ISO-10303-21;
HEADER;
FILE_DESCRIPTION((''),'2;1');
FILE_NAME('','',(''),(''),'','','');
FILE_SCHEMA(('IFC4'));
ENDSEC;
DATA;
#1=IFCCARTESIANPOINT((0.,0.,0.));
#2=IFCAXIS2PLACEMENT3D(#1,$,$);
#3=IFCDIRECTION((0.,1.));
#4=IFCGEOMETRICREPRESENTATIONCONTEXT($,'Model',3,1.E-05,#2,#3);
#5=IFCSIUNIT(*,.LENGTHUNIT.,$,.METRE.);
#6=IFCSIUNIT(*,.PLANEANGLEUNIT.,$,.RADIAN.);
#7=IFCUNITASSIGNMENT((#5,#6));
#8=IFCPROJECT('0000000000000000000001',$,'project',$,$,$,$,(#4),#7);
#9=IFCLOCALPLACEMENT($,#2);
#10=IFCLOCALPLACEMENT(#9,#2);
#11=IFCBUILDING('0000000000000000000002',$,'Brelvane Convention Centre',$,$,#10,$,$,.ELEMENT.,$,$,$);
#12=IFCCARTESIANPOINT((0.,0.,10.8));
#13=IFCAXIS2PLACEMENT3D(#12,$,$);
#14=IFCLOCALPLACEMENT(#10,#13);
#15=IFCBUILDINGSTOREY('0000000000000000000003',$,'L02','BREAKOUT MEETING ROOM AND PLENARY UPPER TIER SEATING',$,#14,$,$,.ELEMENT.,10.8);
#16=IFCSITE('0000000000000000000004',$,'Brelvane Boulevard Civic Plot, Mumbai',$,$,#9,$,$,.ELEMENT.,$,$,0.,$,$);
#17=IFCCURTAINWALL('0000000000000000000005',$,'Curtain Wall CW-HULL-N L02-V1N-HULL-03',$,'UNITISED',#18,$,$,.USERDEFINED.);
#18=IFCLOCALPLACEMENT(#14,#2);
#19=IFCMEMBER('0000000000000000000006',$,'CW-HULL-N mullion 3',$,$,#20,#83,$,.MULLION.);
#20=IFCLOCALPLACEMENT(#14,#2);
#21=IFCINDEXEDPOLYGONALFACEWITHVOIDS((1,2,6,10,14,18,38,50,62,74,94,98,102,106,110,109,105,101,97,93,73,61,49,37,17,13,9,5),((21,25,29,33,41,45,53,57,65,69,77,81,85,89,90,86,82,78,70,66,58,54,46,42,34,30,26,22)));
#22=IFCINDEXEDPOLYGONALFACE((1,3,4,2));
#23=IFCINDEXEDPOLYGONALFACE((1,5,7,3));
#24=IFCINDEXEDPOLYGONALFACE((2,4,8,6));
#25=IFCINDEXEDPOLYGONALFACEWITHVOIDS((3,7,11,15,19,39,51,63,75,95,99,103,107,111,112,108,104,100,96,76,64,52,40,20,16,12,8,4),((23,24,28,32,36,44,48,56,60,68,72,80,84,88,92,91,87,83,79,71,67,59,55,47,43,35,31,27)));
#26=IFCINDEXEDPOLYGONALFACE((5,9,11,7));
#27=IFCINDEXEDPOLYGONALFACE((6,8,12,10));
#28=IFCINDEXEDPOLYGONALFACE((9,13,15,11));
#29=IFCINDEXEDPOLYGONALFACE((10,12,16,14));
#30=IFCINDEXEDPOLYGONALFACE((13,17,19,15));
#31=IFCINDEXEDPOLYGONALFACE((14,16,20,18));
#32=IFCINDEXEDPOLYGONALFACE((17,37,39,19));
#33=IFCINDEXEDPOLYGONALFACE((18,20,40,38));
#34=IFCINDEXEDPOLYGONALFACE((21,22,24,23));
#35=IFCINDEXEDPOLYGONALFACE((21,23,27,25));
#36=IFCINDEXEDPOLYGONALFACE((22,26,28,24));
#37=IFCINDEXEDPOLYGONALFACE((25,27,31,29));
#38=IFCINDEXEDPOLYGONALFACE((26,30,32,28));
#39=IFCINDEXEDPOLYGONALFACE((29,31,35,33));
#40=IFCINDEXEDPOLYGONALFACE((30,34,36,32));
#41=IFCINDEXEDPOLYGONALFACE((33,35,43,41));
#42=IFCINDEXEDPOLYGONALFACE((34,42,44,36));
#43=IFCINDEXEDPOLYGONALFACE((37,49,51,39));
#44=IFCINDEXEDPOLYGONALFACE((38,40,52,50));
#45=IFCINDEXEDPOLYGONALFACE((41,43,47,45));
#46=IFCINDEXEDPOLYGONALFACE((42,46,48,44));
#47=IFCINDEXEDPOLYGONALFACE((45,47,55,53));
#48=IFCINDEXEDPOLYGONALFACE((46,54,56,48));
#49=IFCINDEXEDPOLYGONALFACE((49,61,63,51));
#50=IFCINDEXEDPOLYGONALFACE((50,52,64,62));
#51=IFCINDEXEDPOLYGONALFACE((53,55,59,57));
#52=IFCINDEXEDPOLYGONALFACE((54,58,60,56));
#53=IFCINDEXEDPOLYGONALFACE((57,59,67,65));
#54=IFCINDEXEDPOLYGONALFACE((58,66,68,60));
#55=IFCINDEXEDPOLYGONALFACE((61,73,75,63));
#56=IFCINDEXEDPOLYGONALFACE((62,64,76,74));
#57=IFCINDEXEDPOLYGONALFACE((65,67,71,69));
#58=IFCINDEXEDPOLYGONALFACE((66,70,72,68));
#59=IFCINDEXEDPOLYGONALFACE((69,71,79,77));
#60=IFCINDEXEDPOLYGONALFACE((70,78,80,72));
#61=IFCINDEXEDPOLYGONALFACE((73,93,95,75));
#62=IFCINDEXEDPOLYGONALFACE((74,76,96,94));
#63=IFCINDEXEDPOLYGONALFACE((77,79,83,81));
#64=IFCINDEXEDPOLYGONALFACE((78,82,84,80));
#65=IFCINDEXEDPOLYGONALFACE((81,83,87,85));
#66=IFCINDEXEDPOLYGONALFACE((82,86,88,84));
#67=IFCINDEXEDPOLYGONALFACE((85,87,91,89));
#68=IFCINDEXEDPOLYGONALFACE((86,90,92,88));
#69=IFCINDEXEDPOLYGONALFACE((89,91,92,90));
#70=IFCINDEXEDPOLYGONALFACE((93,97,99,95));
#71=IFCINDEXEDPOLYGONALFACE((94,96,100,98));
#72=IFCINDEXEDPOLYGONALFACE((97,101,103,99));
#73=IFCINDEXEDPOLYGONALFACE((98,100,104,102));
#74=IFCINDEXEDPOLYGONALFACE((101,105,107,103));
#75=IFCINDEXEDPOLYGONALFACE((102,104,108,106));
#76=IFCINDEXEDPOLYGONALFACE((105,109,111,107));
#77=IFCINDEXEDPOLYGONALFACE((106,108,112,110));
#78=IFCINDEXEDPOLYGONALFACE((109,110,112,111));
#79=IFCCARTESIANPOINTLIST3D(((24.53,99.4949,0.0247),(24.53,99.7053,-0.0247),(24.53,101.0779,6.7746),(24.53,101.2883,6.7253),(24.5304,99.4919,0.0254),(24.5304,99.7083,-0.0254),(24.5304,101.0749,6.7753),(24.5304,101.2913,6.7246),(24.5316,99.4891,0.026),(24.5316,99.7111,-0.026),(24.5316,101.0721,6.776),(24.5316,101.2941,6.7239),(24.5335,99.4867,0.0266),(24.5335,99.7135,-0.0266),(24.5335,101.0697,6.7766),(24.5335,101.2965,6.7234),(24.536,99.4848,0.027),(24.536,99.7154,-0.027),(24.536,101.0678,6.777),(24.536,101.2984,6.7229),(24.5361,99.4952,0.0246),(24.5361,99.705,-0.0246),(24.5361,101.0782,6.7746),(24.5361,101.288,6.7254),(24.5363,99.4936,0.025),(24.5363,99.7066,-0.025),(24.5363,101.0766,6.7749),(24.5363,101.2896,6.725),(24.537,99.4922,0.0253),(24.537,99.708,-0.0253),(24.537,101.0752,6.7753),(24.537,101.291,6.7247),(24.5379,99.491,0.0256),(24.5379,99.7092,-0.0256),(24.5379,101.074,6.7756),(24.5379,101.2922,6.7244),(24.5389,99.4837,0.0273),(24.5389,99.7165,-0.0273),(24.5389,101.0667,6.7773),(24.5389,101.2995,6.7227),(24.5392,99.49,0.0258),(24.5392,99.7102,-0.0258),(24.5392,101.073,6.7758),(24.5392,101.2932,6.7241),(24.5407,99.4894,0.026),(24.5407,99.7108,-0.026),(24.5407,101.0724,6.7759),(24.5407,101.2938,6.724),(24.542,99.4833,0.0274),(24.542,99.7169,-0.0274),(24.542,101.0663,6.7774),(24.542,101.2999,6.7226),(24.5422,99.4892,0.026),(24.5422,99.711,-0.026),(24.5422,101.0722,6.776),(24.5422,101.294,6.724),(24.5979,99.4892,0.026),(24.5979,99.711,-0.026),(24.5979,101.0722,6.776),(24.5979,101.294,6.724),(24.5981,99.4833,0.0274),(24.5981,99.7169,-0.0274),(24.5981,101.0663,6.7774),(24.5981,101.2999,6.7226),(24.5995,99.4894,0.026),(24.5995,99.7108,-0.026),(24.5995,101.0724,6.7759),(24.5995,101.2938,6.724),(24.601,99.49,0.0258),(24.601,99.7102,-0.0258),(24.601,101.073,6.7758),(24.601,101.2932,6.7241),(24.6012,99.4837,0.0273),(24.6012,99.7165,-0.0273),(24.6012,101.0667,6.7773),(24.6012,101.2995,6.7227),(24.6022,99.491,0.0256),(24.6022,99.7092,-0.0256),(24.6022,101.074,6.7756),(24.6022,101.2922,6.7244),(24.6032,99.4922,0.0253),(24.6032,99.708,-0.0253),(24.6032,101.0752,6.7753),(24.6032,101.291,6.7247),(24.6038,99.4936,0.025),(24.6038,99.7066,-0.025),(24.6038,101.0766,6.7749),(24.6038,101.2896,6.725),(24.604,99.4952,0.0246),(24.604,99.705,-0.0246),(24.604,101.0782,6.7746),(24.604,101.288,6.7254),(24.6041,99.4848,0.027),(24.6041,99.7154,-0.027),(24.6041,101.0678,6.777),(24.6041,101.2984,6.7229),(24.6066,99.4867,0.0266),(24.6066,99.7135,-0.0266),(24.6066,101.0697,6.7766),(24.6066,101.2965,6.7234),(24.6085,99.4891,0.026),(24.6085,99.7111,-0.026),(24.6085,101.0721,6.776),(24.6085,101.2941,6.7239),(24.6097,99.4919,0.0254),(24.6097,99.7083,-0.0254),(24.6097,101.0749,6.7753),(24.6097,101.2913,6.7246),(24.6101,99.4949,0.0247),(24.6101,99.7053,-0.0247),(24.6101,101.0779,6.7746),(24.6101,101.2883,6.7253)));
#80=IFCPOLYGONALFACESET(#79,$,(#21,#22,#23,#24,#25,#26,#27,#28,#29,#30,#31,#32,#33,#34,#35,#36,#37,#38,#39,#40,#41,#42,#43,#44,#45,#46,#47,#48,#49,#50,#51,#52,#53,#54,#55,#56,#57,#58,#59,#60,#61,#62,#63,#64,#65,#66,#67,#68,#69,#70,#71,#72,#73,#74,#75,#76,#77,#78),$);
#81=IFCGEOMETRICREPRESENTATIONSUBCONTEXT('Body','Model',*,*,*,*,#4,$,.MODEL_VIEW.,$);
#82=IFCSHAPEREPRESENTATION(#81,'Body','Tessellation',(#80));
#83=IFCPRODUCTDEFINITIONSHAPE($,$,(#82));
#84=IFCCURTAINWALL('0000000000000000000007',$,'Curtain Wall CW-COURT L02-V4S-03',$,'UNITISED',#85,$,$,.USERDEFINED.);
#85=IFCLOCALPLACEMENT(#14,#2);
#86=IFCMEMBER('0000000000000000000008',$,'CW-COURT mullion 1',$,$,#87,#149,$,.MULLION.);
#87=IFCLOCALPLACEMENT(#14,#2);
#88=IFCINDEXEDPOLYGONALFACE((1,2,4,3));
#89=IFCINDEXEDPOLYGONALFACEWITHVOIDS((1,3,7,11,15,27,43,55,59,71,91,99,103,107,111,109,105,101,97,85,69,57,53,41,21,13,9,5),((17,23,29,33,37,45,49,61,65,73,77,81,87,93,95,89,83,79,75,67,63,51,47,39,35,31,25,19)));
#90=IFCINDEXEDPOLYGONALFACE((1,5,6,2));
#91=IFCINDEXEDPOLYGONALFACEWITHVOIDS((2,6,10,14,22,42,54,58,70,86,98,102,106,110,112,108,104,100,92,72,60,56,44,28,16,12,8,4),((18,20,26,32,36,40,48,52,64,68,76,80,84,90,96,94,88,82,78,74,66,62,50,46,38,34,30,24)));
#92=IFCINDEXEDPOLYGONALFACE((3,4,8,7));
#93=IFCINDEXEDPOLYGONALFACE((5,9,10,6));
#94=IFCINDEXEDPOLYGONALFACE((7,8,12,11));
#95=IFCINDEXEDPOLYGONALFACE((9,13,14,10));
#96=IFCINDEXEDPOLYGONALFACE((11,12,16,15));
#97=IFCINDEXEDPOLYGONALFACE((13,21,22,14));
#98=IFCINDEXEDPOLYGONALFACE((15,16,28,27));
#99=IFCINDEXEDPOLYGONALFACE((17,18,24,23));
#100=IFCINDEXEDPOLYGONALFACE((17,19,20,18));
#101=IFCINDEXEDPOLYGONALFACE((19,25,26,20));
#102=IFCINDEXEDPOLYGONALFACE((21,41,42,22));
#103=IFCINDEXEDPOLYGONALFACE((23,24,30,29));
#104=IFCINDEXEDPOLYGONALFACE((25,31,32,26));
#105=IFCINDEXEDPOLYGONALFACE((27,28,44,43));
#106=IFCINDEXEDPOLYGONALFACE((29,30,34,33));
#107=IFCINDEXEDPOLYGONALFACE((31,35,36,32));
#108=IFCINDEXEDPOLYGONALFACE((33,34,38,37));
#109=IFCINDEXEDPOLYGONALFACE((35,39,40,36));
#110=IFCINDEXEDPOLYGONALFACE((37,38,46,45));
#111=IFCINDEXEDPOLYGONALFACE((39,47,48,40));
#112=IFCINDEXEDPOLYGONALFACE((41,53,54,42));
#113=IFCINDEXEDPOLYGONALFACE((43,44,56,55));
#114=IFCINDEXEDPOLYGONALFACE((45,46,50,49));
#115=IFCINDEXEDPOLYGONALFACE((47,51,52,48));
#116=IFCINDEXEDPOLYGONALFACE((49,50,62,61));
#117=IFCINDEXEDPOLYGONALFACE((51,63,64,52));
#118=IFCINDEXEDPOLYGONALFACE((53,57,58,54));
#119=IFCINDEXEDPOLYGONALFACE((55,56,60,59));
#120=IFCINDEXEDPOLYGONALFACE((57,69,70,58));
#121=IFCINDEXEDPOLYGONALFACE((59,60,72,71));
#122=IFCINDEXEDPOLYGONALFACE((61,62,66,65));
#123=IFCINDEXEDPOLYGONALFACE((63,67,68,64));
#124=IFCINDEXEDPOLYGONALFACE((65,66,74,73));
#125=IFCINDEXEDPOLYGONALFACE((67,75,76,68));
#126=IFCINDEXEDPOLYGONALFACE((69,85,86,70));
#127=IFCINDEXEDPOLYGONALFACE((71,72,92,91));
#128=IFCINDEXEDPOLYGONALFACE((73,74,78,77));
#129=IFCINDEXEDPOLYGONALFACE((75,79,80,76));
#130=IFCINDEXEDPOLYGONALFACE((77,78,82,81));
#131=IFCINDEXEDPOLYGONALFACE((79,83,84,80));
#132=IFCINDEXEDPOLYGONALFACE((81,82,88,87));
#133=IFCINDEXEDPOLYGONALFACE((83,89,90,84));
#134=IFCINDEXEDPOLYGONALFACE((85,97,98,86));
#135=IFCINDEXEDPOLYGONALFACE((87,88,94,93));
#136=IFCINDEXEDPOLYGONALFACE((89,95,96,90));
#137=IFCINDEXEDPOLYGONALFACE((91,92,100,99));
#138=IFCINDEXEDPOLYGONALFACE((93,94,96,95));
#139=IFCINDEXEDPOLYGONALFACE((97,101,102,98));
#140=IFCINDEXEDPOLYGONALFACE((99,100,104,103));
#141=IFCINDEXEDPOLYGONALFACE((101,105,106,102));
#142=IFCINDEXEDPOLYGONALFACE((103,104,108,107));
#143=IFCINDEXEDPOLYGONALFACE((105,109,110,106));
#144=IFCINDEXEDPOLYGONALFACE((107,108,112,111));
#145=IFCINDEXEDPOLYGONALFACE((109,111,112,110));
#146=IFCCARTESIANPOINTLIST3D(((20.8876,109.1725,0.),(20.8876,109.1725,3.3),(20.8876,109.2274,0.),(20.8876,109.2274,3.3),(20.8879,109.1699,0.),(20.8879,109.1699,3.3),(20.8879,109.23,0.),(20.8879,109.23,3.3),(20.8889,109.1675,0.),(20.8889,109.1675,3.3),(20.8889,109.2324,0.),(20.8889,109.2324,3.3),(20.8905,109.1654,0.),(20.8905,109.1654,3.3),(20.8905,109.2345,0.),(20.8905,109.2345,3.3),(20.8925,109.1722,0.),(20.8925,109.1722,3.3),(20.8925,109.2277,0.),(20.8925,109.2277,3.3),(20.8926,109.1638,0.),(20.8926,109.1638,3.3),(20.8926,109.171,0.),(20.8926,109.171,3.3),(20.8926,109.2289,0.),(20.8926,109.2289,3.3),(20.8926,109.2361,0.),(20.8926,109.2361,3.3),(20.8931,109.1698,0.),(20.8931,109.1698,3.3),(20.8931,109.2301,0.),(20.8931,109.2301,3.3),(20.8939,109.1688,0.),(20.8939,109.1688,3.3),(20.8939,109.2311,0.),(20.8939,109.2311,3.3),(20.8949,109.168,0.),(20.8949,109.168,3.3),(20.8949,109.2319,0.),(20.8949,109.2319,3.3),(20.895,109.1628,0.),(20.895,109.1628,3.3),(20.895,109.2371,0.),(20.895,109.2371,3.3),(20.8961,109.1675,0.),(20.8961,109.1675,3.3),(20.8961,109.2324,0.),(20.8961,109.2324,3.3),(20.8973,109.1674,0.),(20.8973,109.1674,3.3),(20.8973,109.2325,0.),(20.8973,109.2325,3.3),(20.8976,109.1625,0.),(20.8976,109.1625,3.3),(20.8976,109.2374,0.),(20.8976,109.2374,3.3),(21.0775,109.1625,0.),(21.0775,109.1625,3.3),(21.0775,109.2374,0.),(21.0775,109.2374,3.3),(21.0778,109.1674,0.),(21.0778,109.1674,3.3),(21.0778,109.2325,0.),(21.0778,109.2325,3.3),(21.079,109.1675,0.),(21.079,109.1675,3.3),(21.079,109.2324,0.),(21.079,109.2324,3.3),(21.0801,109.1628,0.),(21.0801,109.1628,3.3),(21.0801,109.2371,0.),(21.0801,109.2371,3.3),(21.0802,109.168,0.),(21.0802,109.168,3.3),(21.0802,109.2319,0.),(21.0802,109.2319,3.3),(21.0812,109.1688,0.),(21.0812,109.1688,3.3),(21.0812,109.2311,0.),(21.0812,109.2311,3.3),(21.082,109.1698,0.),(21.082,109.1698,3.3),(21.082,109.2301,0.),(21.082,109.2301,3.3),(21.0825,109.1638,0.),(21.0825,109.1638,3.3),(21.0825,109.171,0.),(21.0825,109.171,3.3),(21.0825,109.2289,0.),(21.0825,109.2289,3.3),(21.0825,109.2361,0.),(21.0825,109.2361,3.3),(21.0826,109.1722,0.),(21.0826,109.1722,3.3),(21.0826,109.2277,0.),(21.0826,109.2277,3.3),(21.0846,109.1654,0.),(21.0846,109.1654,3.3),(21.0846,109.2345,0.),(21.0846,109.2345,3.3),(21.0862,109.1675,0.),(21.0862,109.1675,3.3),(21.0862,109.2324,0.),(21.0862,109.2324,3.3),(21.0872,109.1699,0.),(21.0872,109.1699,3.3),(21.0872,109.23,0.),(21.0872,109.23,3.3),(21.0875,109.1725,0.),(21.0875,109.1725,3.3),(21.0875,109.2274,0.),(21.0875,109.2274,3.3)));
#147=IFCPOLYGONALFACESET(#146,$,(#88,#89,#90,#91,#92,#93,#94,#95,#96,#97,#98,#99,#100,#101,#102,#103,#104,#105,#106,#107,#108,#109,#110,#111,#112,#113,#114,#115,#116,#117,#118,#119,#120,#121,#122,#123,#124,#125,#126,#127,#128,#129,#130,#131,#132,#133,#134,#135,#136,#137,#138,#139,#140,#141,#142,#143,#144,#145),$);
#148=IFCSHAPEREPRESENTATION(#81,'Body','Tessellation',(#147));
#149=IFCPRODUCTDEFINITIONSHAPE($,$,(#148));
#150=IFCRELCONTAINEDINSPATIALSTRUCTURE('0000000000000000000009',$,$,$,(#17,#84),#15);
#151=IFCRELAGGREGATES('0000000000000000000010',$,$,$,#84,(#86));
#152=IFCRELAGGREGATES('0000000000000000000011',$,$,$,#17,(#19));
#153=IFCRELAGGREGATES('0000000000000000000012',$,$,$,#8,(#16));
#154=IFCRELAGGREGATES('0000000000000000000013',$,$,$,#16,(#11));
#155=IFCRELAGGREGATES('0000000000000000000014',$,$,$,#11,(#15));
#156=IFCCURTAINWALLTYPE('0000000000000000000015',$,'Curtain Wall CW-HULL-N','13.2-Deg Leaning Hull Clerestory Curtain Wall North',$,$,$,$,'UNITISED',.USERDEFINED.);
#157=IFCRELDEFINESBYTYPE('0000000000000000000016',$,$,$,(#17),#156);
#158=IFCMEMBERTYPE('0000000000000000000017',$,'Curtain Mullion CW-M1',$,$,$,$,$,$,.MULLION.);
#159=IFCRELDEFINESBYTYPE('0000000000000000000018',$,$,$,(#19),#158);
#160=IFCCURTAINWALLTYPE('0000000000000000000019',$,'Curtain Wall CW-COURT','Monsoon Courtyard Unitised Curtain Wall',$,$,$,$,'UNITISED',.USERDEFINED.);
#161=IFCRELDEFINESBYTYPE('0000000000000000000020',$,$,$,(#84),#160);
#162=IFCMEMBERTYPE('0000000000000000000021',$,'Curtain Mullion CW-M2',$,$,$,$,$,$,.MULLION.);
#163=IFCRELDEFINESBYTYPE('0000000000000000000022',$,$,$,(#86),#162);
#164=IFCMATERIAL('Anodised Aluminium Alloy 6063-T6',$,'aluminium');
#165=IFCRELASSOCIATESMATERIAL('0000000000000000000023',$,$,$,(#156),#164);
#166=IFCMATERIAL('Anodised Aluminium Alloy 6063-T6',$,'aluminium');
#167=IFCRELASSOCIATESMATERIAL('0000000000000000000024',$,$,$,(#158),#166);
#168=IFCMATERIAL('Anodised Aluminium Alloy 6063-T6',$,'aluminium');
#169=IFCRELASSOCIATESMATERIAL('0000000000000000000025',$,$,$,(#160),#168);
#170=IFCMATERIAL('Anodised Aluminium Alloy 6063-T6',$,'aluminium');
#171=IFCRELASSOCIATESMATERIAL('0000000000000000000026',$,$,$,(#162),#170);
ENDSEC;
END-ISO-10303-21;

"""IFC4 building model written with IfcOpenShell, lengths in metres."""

from ifc_helpers import new_model, si_unit, direction, frame, origin, origin_2d, place, context, subcontext, project, spatial, hollow_rectangle, extrude, material, material_profile, profile_set, type_object, element, aggregate, save


model = new_model("IFC4")

# Units and contexts
model_context = context("Model", 3, precision=1e-05, world=origin(), true_north=direction((0.0, 1.0)))
body_context = subcontext(model_context, "Body", "Model", "MODEL_VIEW")
ifc_project = project(units=[si_unit("LENGTHUNIT", "METRE"), si_unit("PLANEANGLEUNIT", "RADIAN")], contexts=[model_context])

# Site, building, storey
site_placement = place(None, origin())
site = spatial("IfcSite", under=ifc_project, at=site_placement, Name="Brelvane Boulevard Civic Plot, Mumbai", CompositionType="ELEMENT", RefElevation=0.0)
building_placement = place(site_placement, origin())
building = spatial("IfcBuilding", under=site, at=building_placement, Name="Brelvane Convention Centre", CompositionType="ELEMENT")
storey_placement = place(building_placement, frame((0.0, 0.0, 10.8)))
storey = spatial("IfcBuildingStorey", under=building, at=storey_placement, Name="L02", Description="BREAKOUT MEETING ROOM AND PLENARY UPPER TIER SEATING", CompositionType="ELEMENT", Elevation=10.8)

# Curtain walls, members
ifc_material_1 = material(Name="Anodised Aluminium Alloy 6063-T6", Category="aluminium")
curtain_wall_type_1 = type_object("IfcCurtainWallType", Name="Curtain Wall CW-HULL-N", Description="13.2-Deg Leaning Hull Clerestory Curtain Wall North", ElementType="UNITISED", PredefinedType="USERDEFINED", material=ifc_material_1)
curtain_wall_1_placement = place(storey_placement, origin())
curtain_wall_1 = element("IfcCurtainWall", 1, at=curtain_wall_1_placement, inside=storey, type_object=curtain_wall_type_1, Name="Curtain Wall CW-HULL-N L02-V1N-HULL-03", ObjectType="UNITISED", PredefinedType="USERDEFINED")
ifc_material_2 = material(Name="Anodised Aluminium Alloy 6063-T6", Category="aluminium")
ifc_material_profile_1 = material_profile(ifc_material_2, hollow_rectangle(XDim=0.0801, YDim=0.24, WallThickness=0.0061, InnerFilletRadius=0.0061, OuterFilletRadius=0.012, at=origin_2d()), Name="ALU-M 240x80x6.0")
ifc_profile_set_1 = profile_set([ifc_material_profile_1], Name="Anodised Aluminium Alloy 6063-T6")
member_type_1 = type_object("IfcMemberType", Name="Curtain Mullion CW-M1", PredefinedType="MULLION", material=ifc_profile_set_1)
member_1_placement = place(storey_placement, frame((24.5701, 99.6001, 0.0), z_axis=(0.0, 0.228325, 0.973585), x_axis=(-1.0, 0.0, 0.0)))
member_1 = element("IfcMember", 2, at=member_1_placement, type_object=member_type_1, Name="CW-HULL-N mullion 3", PredefinedType="MULLION", context=body_context, shape_type="SweptSolid", body=[
    extrude(hollow_rectangle(XDim=0.0801, YDim=0.24, WallThickness=0.0061, InnerFilletRadius=0.0061, OuterFilletRadius=0.012, at=origin_2d()), origin(), (0.0, 0.0, 1.0), 6.9331),
])
ifc_material_3 = material(Name="Anodised Aluminium Alloy 6063-T6", Category="aluminium")
curtain_wall_type_2 = type_object("IfcCurtainWallType", Name="Curtain Wall CW-COURT", Description="Monsoon Courtyard Unitised Curtain Wall", ElementType="UNITISED", PredefinedType="USERDEFINED", material=ifc_material_3)
curtain_wall_2_placement = place(storey_placement, origin())
curtain_wall_2 = element("IfcCurtainWall", 3, at=curtain_wall_2_placement, inside=storey, type_object=curtain_wall_type_2, Name="Curtain Wall CW-COURT L02-V4S-03", ObjectType="UNITISED", PredefinedType="USERDEFINED")
ifc_material_4 = material(Name="Anodised Aluminium Alloy 6063-T6", Category="aluminium")
ifc_material_profile_2 = material_profile(ifc_material_4, hollow_rectangle(XDim=0.075, YDim=0.2, WallThickness=0.0049, InnerFilletRadius=0.0049, OuterFilletRadius=0.01, at=origin_2d()), Name="ALU-M 200x75x5.0")
ifc_profile_set_2 = profile_set([ifc_material_profile_2], Name="Anodised Aluminium Alloy 6063-T6")
member_type_2 = type_object("IfcMemberType", Name="Curtain Mullion CW-M2", PredefinedType="MULLION", material=ifc_profile_set_2)
member_2_placement = place(storey_placement, frame((20.9875, 109.2, 0.0), z_axis=(0.0, 0.0, 1.0), x_axis=(0.0, 1.0, 0.0)))
member_2 = element("IfcMember", 4, at=member_2_placement, type_object=member_type_2, Name="CW-COURT mullion 1", PredefinedType="MULLION", context=body_context, shape_type="SweptSolid", body=[
    extrude(hollow_rectangle(XDim=0.075, YDim=0.2, WallThickness=0.0049, InnerFilletRadius=0.0049, OuterFilletRadius=0.01, at=origin_2d()), origin(), (0.0, 0.0, 1.0), 3.3),
])

aggregate(curtain_wall_2, [member_2])
aggregate(curtain_wall_1, [member_1])

save(model, "model.ifc")
